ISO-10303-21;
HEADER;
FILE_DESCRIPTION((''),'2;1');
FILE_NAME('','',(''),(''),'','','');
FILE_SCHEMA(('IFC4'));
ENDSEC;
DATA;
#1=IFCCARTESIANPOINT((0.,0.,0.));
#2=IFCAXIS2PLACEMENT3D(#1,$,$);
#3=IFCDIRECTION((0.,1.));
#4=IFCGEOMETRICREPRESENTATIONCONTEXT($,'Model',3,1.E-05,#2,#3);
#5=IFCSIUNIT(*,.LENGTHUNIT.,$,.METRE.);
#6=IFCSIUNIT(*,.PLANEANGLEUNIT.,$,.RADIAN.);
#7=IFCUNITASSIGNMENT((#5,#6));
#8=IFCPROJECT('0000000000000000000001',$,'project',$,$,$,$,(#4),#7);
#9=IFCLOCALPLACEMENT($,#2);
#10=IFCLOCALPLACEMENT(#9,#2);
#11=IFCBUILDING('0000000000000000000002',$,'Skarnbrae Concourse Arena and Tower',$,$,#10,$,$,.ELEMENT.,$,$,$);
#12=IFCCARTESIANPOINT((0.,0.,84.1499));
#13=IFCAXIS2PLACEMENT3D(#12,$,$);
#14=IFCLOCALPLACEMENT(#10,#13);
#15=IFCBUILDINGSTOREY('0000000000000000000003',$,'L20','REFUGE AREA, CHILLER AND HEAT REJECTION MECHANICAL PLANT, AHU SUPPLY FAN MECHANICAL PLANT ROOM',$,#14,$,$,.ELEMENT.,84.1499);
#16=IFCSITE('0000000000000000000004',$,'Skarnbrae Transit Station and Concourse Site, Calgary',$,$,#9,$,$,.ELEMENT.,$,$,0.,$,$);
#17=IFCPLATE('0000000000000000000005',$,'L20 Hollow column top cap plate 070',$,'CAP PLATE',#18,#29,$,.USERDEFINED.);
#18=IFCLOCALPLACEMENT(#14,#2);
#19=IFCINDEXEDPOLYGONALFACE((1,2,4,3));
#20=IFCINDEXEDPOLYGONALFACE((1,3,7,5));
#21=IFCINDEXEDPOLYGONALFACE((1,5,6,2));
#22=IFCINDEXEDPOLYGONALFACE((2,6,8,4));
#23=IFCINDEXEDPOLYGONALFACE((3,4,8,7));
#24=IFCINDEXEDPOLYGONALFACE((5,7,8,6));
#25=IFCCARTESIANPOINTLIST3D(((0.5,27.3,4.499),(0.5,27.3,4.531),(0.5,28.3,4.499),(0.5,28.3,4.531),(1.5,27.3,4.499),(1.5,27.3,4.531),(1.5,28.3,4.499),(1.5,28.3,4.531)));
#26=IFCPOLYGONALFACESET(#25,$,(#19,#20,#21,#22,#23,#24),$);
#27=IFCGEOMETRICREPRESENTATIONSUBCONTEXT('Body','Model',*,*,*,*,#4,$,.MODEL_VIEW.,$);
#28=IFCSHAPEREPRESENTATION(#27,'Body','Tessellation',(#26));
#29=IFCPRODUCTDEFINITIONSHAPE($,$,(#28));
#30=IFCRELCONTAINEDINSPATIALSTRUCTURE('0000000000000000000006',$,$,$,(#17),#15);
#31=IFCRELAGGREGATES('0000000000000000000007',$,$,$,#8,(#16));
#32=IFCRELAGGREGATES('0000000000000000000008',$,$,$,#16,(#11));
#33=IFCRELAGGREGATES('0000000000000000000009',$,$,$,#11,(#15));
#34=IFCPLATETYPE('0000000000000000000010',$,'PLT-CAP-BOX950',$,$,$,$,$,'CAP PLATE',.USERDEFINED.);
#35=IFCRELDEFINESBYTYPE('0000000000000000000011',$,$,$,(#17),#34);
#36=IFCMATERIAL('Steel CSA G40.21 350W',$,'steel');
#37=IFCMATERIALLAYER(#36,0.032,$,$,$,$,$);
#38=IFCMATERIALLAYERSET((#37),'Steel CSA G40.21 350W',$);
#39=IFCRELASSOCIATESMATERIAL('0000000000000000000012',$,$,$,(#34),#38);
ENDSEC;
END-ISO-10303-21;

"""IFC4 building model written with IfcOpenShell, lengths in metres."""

from ifc_helpers import new_model, si_unit, direction, frame, origin, origin_2d, place, context, subcontext, project, spatial, rectangle, extrude, source, transform, mapped, material, layer, layer_set, type_object, element, save


model = new_model("IFC4")

# Units and contexts
model_context = context("Model", 3, precision=1e-05, world=origin(), true_north=direction((0.0, 1.0)))
body_context = subcontext(model_context, "Body", "Model", "MODEL_VIEW")
ifc_project = project(units=[si_unit("LENGTHUNIT", "METRE"), si_unit("PLANEANGLEUNIT", "RADIAN")], contexts=[model_context])

# Site, building, storey
site_placement = place(None, origin())
site = spatial("IfcSite", under=ifc_project, at=site_placement, Name="Skarnbrae Transit Station and Concourse Site, Calgary", CompositionType="ELEMENT", RefElevation=0.0)
building_placement = place(site_placement, origin())
building = spatial("IfcBuilding", under=site, at=building_placement, Name="Skarnbrae Concourse Arena and Tower", CompositionType="ELEMENT")
storey_placement = place(building_placement, frame((0.0, 0.0, 84.1499)))
storey = spatial("IfcBuildingStorey", under=building, at=storey_placement, Name="L20", Description="REFUGE AREA, CHILLER AND HEAT REJECTION MECHANICAL PLANT, AHU SUPPLY FAN MECHANICAL PLANT ROOM", CompositionType="ELEMENT", Elevation=84.1499)

# Shared definitions
ifc_material = material(Name="Steel CSA G40.21 350W", Category="steel")

# Plate
ifc_layer_1 = layer(ifc_material, 0.032)
ifc_layer_set_1 = layer_set([ifc_layer_1], Name="Steel CSA G40.21 350W")
plate_type_1 = type_object("IfcPlateType", Name="PLT-CAP-BOX950", ElementType="CAP PLATE", PredefinedType="USERDEFINED", material=ifc_layer_set_1)
shared_shape_1 = source(origin(), body_context, "Body", "SweptSolid", [
    extrude(rectangle(XDim=1.0, YDim=1.0, at=origin_2d()), origin(), (0.0, 0.0, 1.0), 0.032),
])
plate_1_placement = place(storey_placement, frame((1.0, 27.8, 4.499), z_axis=(0.0, 0.0, 1.0), x_axis=(1.0, 0.0, 0.0)))
element("IfcPlate", 1, at=plate_1_placement, inside=storey, type_object=plate_type_1, Name="L20 Hollow column top cap plate 070", ObjectType="CAP PLATE", PredefinedType="USERDEFINED", context=body_context, shape_type="MappedRepresentation", body=[
    mapped(shared_shape_1, transform((0.0, 0.0, 0.0))),
])

save(model, "model.ifc")
